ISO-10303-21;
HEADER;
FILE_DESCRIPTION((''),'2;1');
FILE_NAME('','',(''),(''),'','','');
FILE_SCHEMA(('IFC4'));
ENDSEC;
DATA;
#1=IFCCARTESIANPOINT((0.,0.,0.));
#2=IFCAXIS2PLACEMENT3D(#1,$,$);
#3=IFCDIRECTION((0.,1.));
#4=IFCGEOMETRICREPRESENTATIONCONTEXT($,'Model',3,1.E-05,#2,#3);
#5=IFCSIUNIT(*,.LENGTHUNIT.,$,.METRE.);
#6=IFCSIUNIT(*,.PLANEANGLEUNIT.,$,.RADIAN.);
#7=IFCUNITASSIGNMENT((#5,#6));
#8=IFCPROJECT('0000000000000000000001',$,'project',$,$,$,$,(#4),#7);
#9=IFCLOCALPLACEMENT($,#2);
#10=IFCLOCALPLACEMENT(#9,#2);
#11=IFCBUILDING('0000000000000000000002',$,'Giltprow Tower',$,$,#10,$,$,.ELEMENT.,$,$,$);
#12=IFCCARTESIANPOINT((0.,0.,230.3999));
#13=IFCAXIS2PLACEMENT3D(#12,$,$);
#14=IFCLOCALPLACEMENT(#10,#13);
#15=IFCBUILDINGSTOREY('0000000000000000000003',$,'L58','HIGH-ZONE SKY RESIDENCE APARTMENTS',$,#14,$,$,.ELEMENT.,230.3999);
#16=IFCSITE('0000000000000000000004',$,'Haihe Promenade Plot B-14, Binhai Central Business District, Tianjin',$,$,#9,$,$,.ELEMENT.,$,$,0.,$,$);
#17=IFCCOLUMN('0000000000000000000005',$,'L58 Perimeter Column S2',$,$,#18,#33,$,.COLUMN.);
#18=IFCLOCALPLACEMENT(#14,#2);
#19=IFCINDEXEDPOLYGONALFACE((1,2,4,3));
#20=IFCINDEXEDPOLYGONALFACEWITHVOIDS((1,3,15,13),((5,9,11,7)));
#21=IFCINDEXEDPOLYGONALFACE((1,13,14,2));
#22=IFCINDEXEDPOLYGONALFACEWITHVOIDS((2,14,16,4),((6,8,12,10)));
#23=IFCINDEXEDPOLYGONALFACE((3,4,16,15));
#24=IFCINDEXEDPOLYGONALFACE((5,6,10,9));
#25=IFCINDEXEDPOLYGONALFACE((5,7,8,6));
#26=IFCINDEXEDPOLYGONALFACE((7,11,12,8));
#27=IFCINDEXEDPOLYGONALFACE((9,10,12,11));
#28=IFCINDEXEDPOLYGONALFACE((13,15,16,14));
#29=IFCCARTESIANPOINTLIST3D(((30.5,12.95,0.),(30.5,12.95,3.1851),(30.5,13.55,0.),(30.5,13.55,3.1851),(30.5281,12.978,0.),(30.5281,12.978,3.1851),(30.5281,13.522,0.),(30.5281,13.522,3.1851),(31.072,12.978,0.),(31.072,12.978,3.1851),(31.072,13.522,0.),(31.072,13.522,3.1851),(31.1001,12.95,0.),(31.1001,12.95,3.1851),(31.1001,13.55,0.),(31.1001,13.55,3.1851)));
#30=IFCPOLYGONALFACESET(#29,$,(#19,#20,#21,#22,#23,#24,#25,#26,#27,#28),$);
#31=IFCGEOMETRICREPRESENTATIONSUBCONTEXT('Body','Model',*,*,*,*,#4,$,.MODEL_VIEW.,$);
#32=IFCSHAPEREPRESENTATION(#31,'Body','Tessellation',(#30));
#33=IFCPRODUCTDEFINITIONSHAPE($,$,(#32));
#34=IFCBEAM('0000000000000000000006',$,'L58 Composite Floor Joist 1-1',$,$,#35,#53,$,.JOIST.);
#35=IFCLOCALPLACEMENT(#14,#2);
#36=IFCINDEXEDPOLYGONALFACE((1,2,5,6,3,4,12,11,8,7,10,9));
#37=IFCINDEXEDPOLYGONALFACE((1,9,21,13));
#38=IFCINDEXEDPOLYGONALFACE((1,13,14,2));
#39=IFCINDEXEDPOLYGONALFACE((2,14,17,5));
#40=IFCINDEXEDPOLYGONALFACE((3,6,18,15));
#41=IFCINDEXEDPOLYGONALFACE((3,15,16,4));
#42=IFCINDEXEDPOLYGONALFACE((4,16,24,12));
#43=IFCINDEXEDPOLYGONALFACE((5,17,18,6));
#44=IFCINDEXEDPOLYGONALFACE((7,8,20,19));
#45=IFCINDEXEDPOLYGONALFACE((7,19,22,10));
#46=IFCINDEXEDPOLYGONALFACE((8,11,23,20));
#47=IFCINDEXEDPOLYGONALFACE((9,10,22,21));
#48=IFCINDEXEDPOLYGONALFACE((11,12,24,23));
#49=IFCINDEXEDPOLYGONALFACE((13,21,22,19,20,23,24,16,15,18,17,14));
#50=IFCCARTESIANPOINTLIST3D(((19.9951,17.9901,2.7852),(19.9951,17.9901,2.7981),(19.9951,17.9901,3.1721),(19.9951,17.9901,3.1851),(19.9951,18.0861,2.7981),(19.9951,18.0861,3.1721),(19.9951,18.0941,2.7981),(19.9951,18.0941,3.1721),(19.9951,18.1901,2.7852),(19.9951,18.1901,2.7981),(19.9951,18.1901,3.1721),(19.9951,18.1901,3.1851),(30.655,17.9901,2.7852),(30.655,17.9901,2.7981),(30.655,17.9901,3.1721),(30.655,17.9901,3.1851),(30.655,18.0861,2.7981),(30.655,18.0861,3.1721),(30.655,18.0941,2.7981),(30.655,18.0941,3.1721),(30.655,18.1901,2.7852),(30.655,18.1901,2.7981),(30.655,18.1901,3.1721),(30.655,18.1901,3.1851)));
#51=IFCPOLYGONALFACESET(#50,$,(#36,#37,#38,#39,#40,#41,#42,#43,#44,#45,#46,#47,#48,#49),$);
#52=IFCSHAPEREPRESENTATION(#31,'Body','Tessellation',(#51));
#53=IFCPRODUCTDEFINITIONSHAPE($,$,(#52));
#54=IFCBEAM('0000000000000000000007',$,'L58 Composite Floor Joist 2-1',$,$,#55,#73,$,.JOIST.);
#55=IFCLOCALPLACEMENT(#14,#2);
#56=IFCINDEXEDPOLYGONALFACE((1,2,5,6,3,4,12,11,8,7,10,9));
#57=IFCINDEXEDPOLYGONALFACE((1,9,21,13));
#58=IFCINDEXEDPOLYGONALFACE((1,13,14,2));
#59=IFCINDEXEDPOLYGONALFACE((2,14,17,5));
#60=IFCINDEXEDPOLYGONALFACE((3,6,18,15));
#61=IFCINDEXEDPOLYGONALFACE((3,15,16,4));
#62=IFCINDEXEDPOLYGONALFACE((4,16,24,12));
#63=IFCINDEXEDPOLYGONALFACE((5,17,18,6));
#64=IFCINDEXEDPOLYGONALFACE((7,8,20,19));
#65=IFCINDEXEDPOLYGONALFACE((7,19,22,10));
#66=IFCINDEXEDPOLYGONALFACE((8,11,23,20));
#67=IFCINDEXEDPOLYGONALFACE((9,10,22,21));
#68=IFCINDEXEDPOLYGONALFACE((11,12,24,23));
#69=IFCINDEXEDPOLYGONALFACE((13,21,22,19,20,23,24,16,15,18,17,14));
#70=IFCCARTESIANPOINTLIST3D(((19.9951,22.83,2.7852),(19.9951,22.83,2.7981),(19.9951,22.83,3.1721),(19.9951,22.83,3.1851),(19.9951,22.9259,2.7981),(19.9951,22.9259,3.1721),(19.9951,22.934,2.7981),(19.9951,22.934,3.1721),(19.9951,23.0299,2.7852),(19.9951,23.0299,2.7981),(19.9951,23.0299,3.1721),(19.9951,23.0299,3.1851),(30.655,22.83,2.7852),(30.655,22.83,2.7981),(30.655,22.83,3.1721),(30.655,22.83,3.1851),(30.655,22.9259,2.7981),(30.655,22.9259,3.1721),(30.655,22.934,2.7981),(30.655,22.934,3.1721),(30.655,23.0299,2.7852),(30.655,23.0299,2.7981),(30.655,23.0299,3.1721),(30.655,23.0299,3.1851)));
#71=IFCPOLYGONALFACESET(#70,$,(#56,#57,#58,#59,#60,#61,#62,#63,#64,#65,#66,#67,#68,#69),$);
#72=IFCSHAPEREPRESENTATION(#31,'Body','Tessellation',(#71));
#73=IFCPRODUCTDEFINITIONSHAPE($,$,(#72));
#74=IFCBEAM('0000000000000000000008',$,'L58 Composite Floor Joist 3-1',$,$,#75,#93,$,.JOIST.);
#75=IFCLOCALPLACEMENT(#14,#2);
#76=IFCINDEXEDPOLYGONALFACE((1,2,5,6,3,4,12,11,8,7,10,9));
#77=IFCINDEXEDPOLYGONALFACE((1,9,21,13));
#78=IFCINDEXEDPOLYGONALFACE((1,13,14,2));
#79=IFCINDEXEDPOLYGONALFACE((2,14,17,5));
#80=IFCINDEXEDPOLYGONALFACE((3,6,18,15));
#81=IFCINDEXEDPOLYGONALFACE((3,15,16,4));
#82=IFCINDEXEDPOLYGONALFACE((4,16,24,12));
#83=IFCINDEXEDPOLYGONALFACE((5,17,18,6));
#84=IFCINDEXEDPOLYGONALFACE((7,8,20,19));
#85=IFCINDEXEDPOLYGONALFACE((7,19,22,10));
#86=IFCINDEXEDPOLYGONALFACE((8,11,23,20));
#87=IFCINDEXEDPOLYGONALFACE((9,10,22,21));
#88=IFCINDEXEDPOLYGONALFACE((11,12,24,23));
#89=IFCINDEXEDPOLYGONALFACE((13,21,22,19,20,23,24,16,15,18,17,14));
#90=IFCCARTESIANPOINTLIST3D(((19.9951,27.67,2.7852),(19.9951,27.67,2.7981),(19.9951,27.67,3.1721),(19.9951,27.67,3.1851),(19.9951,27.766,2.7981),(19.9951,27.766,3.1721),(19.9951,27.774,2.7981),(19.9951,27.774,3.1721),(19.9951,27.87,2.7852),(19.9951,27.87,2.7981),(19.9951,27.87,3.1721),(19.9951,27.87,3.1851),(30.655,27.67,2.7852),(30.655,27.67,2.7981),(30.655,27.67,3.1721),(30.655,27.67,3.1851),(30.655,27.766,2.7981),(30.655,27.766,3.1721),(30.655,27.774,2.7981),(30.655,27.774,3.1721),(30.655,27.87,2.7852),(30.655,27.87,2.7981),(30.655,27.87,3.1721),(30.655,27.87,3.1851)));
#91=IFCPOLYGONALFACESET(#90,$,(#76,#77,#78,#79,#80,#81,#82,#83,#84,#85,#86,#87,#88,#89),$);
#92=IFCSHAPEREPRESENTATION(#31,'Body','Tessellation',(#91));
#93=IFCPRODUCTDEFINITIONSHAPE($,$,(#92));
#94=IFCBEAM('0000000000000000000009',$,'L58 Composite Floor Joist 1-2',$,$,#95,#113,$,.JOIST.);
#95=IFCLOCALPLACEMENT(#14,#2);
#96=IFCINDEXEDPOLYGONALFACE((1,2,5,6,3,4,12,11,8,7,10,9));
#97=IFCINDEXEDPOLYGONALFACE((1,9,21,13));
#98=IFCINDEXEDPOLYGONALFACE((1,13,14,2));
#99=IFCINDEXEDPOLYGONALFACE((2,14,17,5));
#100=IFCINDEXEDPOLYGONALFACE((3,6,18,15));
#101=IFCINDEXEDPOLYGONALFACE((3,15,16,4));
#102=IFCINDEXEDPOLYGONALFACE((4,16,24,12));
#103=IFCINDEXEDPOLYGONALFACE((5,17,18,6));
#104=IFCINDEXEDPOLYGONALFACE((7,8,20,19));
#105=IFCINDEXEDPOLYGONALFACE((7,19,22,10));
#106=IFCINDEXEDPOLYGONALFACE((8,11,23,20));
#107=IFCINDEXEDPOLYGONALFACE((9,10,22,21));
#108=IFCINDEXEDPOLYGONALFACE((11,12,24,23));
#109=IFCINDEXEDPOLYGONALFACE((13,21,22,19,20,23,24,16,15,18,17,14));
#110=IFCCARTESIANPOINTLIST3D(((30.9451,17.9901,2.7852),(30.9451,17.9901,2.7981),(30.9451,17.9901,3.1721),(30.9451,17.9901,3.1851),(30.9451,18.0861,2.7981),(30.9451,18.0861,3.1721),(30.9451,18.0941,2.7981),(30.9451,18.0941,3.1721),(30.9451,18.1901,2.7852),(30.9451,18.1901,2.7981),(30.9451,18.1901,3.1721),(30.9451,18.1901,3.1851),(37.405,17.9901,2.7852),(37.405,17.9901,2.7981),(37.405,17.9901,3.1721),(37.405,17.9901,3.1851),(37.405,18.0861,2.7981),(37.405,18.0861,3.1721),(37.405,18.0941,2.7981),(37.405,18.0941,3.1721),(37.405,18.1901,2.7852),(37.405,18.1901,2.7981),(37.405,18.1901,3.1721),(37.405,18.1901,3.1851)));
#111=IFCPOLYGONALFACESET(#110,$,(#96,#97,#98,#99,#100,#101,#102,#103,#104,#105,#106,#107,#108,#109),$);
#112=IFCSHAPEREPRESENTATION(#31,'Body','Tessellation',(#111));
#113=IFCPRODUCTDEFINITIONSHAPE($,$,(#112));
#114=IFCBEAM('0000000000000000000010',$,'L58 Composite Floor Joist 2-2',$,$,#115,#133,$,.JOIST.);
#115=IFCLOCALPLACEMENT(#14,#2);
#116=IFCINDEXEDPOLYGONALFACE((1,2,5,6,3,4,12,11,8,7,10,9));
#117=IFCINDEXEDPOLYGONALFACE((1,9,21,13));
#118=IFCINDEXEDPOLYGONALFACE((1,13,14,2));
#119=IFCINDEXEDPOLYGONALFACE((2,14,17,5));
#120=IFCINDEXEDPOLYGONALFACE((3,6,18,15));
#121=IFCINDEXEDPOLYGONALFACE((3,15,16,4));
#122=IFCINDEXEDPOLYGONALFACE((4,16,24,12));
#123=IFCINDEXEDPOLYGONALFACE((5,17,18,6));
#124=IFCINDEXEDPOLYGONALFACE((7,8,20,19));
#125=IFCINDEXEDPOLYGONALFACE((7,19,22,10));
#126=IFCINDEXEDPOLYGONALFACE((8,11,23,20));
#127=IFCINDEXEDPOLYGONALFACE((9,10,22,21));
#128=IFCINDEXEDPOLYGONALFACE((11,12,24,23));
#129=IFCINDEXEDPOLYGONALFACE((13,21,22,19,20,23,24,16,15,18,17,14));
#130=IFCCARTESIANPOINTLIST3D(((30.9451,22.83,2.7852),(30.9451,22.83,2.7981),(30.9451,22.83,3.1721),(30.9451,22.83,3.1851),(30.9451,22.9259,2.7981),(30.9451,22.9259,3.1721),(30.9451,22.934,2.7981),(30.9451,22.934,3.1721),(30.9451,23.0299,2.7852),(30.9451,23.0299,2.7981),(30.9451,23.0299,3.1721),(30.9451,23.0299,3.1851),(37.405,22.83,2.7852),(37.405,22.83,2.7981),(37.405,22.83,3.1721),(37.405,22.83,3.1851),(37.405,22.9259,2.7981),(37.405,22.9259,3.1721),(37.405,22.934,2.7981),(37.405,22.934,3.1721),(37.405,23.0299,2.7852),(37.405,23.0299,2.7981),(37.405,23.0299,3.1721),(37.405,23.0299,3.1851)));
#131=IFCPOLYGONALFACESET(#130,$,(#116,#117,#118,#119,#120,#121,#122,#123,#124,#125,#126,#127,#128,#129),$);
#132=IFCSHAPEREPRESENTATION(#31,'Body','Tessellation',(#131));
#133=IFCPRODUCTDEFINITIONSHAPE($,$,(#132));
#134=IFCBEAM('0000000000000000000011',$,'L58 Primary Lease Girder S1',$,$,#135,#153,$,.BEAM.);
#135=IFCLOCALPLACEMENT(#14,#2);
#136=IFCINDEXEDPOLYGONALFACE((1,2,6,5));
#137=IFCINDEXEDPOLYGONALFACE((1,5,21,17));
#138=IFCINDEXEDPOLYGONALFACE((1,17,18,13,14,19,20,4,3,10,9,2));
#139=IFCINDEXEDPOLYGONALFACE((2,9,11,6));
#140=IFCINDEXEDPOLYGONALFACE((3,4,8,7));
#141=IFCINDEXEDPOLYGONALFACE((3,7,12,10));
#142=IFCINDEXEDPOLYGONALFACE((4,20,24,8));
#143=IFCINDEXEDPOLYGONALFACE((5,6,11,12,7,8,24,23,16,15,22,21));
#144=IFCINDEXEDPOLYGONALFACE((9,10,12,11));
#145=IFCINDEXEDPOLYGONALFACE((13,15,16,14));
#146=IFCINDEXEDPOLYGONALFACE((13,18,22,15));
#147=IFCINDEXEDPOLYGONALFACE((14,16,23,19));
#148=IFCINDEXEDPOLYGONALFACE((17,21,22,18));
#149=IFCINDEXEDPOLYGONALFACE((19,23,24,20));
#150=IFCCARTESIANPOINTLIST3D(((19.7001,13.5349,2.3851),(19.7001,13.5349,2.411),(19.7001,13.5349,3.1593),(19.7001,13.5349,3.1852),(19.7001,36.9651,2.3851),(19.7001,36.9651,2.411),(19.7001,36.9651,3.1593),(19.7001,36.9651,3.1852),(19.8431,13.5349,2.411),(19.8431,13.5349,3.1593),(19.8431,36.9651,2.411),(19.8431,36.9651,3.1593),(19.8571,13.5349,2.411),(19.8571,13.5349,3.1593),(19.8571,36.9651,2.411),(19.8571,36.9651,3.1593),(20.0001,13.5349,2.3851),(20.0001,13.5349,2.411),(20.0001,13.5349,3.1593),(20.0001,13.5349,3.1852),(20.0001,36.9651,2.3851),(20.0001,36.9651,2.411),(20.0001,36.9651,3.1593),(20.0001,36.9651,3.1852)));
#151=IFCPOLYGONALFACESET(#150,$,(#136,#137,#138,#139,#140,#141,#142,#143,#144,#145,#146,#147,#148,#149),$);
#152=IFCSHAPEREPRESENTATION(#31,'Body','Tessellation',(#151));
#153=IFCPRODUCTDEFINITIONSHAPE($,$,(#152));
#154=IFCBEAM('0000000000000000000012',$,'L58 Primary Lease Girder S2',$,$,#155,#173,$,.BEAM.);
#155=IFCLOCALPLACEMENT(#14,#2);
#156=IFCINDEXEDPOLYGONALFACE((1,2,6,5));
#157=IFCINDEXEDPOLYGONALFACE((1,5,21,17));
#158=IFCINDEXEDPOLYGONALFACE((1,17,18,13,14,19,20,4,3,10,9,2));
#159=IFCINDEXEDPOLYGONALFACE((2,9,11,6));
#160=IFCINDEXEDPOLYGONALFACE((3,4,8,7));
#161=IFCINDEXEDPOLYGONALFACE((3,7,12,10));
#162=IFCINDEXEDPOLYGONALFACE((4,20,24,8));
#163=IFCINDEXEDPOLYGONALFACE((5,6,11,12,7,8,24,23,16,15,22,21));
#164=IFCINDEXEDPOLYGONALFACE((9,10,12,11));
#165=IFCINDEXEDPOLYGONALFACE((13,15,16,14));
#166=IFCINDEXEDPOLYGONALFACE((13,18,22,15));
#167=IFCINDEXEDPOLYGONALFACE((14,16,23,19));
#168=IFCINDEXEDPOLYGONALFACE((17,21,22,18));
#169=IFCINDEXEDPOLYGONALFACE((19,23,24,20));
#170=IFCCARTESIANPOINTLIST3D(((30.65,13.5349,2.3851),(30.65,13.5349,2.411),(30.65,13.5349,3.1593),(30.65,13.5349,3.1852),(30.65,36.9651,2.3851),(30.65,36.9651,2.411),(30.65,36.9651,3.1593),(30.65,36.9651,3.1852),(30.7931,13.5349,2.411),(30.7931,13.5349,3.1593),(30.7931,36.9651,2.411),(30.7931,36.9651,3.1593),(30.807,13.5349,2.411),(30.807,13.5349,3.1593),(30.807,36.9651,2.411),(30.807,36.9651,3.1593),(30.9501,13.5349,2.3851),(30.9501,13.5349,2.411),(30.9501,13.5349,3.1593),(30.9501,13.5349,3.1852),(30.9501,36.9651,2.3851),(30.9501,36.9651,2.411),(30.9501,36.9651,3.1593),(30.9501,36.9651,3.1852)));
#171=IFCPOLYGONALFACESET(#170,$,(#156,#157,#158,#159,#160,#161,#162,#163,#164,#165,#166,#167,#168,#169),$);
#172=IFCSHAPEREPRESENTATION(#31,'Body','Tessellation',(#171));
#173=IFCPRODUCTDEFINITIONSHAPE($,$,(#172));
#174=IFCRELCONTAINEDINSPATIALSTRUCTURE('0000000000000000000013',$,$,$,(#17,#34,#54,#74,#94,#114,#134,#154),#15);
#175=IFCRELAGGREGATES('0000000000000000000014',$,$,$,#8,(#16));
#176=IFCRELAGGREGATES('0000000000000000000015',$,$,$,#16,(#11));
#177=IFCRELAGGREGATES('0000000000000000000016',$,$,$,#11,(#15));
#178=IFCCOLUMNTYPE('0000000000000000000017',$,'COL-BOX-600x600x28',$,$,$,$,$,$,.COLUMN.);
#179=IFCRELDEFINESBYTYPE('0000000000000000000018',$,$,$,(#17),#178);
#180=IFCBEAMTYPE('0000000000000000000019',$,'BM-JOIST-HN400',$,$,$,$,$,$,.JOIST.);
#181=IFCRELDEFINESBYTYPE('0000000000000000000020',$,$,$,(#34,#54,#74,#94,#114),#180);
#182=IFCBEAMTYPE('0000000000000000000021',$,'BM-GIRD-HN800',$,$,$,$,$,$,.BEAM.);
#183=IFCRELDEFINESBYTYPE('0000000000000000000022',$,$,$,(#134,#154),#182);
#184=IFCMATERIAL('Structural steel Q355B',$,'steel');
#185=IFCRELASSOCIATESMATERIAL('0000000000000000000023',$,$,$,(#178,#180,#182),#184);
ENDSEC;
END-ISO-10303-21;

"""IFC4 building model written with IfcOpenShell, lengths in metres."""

from ifc_helpers import new_model, si_unit, direction, frame, origin, origin_2d, place, context, subcontext, project, spatial, hollow_rectangle, i_section, extrude, source, transform, mapped, material, material_profile, profile_set, type_object, element, save


model = new_model("IFC4")

# Units and contexts
model_context = context("Model", 3, precision=1e-05, world=origin(), true_north=direction((0.0, 1.0)))
body_context = subcontext(model_context, "Body", "Model", "MODEL_VIEW")
ifc_project = project(units=[si_unit("LENGTHUNIT", "METRE"), si_unit("PLANEANGLEUNIT", "RADIAN")], contexts=[model_context])

# Site, building, storey
site_placement = place(None, origin())
site = spatial("IfcSite", under=ifc_project, at=site_placement, Name="Haihe Promenade Plot B-14, Binhai Central Business District, Tianjin", CompositionType="ELEMENT", RefElevation=0.0)
building_placement = place(site_placement, origin())
building = spatial("IfcBuilding", under=site, at=building_placement, Name="Giltprow Tower", CompositionType="ELEMENT")
storey_placement = place(building_placement, frame((0.0, 0.0, 230.3999)))
storey = spatial("IfcBuildingStorey", under=building, at=storey_placement, Name="L58", Description="HIGH-ZONE SKY RESIDENCE APARTMENTS", CompositionType="ELEMENT", Elevation=230.3999)

# Column
ifc_material_1 = material(Name="Structural steel Q355B", Category="steel")
ifc_material_profile_1 = material_profile(ifc_material_1, hollow_rectangle(XDim=0.6001, YDim=0.6001, WallThickness=0.0281, at=origin_2d()), Name="BOX 600x600x28")
ifc_profile_set_1 = profile_set([ifc_material_profile_1], Name="Structural steel Q355B")
column_type = type_object("IfcColumnType", Name="COL-BOX-600x600x28", PredefinedType="COLUMN", material=ifc_profile_set_1)
shared_shape_1 = source(origin(), body_context, "Body", "SweptSolid", [
    extrude(hollow_rectangle(XDim=0.6001, YDim=0.6001, WallThickness=0.0281, at=origin_2d()), origin(), (0.0, 0.0, 1.0), 3.1851),
])
column_placement = place(storey_placement, frame((30.8, 13.25, 0.0), z_axis=(0.0, 0.0, 1.0), x_axis=(1.0, 0.0, 0.0)))
element("IfcColumn", 1, at=column_placement, inside=storey, type_object=column_type, Name="L58 Perimeter Column S2", PredefinedType="COLUMN", context=body_context, shape_type="MappedRepresentation", body=[
    mapped(shared_shape_1, transform((0.0, 0.0, 0.0), x_axis=(1.0, 0.0, 0.0), y_axis=(0.0, 1.0, 0.0), z_axis=(0.0, 0.0, 1.0), scale=1.0)),
])

# Beams
ifc_material_profile_2 = material_profile(ifc_material_1, i_section(OverallWidth=0.2, OverallDepth=0.3999, WebThickness=0.0081, FlangeThickness=0.0129, at=origin_2d()), Name="HN 400x200x8x13")
ifc_profile_set_2 = profile_set([ifc_material_profile_2], Name="Structural steel Q355B")
beam_type_1 = type_object("IfcBeamType", Name="BM-JOIST-HN400", PredefinedType="JOIST", material=ifc_profile_set_2)
shared_shape_2 = source(origin(), body_context, "Body", "SweptSolid", [
    extrude(i_section(OverallWidth=0.2, OverallDepth=0.3999, WebThickness=0.0081, FlangeThickness=0.0129, at=origin_2d()), origin(), (0.0, 0.0, 1.0), 10.6599),
])
for number, where, z_axis, x_axis, name in (
    (2, (19.9951, 18.0901, 2.9851), (1.0, 0.0, 0.0), (0.0, 1.0, 0.0), "L58 Composite Floor Joist 1-1"),
    (3, (19.9951, 22.9299, 2.9851), (1.0, 0.0, 0.0), (0.0, 1.0, 0.0), "L58 Composite Floor Joist 2-1"),
    (4, (19.9951, 27.77, 2.9851), (1.0, 0.0, 0.0), (0.0, 1.0, 0.0), "L58 Composite Floor Joist 3-1"),
):
    element("IfcBeam", number, at=place(storey_placement, frame(where, z_axis=z_axis, x_axis=x_axis)), inside=storey, type_object=beam_type_1, Name=name, PredefinedType="JOIST", context=body_context, shape_type="MappedRepresentation", body=[
        mapped(shared_shape_2, transform((0.0, 0.0, 0.0), x_axis=(1.0, 0.0, 0.0), y_axis=(0.0, 1.0, 0.0), z_axis=(0.0, 0.0, 1.0), scale=1.0)),
    ])
shared_shape_3 = source(origin(), body_context, "Body", "SweptSolid", [
    extrude(i_section(OverallWidth=0.2, OverallDepth=0.3999, WebThickness=0.0081, FlangeThickness=0.0129, at=origin_2d()), origin(), (0.0, 0.0, 1.0), 6.46),
])
for number, where, z_axis, x_axis, name in (
    (5, (30.9451, 18.0901, 2.9851), (1.0, 0.0, 0.0), (0.0, 1.0, 0.0), "L58 Composite Floor Joist 1-2"),
    (6, (30.9451, 22.9299, 2.9851), (1.0, 0.0, 0.0), (0.0, 1.0, 0.0), "L58 Composite Floor Joist 2-2"),
):
    element("IfcBeam", number, at=place(storey_placement, frame(where, z_axis=z_axis, x_axis=x_axis)), inside=storey, type_object=beam_type_1, Name=name, PredefinedType="JOIST", context=body_context, shape_type="MappedRepresentation", body=[
        mapped(shared_shape_3, transform((0.0, 0.0, 0.0), x_axis=(1.0, 0.0, 0.0), y_axis=(0.0, 1.0, 0.0), z_axis=(0.0, 0.0, 1.0), scale=1.0)),
    ])
ifc_material_profile_3 = material_profile(ifc_material_1, i_section(OverallWidth=0.3, OverallDepth=0.8, WebThickness=0.0139, FlangeThickness=0.0259, at=origin_2d()), Name="HN 800x300x14x26")
ifc_profile_set_3 = profile_set([ifc_material_profile_3], Name="Structural steel Q355B")
beam_type_2 = type_object("IfcBeamType", Name="BM-GIRD-HN800", PredefinedType="BEAM", material=ifc_profile_set_3)
shared_shape_4 = source(origin(), body_context, "Body", "SweptSolid", [
    extrude(i_section(OverallWidth=0.3, OverallDepth=0.8, WebThickness=0.0139, FlangeThickness=0.0259, at=origin_2d()), origin(), (0.0, 0.0, 1.0), 23.4302),
])
for number, where, z_axis, x_axis, name in (
    (7, (19.8501, 13.5349, 2.7852), (0.0, 1.0, 0.0), (-1.0, 0.0, 0.0), "L58 Primary Lease Girder S1"),
    (8, (30.8, 13.5349, 2.7852), (0.0, 1.0, 0.0), (-1.0, 0.0, 0.0), "L58 Primary Lease Girder S2"),
):
    element("IfcBeam", number, at=place(storey_placement, frame(where, z_axis=z_axis, x_axis=x_axis)), inside=storey, type_object=beam_type_2, Name=name, PredefinedType="BEAM", context=body_context, shape_type="MappedRepresentation", body=[
        mapped(shared_shape_4, transform((0.0, 0.0, 0.0), x_axis=(1.0, 0.0, 0.0), y_axis=(0.0, 1.0, 0.0), z_axis=(0.0, 0.0, 1.0), scale=1.0)),
    ])

save(model, "model.ifc")
